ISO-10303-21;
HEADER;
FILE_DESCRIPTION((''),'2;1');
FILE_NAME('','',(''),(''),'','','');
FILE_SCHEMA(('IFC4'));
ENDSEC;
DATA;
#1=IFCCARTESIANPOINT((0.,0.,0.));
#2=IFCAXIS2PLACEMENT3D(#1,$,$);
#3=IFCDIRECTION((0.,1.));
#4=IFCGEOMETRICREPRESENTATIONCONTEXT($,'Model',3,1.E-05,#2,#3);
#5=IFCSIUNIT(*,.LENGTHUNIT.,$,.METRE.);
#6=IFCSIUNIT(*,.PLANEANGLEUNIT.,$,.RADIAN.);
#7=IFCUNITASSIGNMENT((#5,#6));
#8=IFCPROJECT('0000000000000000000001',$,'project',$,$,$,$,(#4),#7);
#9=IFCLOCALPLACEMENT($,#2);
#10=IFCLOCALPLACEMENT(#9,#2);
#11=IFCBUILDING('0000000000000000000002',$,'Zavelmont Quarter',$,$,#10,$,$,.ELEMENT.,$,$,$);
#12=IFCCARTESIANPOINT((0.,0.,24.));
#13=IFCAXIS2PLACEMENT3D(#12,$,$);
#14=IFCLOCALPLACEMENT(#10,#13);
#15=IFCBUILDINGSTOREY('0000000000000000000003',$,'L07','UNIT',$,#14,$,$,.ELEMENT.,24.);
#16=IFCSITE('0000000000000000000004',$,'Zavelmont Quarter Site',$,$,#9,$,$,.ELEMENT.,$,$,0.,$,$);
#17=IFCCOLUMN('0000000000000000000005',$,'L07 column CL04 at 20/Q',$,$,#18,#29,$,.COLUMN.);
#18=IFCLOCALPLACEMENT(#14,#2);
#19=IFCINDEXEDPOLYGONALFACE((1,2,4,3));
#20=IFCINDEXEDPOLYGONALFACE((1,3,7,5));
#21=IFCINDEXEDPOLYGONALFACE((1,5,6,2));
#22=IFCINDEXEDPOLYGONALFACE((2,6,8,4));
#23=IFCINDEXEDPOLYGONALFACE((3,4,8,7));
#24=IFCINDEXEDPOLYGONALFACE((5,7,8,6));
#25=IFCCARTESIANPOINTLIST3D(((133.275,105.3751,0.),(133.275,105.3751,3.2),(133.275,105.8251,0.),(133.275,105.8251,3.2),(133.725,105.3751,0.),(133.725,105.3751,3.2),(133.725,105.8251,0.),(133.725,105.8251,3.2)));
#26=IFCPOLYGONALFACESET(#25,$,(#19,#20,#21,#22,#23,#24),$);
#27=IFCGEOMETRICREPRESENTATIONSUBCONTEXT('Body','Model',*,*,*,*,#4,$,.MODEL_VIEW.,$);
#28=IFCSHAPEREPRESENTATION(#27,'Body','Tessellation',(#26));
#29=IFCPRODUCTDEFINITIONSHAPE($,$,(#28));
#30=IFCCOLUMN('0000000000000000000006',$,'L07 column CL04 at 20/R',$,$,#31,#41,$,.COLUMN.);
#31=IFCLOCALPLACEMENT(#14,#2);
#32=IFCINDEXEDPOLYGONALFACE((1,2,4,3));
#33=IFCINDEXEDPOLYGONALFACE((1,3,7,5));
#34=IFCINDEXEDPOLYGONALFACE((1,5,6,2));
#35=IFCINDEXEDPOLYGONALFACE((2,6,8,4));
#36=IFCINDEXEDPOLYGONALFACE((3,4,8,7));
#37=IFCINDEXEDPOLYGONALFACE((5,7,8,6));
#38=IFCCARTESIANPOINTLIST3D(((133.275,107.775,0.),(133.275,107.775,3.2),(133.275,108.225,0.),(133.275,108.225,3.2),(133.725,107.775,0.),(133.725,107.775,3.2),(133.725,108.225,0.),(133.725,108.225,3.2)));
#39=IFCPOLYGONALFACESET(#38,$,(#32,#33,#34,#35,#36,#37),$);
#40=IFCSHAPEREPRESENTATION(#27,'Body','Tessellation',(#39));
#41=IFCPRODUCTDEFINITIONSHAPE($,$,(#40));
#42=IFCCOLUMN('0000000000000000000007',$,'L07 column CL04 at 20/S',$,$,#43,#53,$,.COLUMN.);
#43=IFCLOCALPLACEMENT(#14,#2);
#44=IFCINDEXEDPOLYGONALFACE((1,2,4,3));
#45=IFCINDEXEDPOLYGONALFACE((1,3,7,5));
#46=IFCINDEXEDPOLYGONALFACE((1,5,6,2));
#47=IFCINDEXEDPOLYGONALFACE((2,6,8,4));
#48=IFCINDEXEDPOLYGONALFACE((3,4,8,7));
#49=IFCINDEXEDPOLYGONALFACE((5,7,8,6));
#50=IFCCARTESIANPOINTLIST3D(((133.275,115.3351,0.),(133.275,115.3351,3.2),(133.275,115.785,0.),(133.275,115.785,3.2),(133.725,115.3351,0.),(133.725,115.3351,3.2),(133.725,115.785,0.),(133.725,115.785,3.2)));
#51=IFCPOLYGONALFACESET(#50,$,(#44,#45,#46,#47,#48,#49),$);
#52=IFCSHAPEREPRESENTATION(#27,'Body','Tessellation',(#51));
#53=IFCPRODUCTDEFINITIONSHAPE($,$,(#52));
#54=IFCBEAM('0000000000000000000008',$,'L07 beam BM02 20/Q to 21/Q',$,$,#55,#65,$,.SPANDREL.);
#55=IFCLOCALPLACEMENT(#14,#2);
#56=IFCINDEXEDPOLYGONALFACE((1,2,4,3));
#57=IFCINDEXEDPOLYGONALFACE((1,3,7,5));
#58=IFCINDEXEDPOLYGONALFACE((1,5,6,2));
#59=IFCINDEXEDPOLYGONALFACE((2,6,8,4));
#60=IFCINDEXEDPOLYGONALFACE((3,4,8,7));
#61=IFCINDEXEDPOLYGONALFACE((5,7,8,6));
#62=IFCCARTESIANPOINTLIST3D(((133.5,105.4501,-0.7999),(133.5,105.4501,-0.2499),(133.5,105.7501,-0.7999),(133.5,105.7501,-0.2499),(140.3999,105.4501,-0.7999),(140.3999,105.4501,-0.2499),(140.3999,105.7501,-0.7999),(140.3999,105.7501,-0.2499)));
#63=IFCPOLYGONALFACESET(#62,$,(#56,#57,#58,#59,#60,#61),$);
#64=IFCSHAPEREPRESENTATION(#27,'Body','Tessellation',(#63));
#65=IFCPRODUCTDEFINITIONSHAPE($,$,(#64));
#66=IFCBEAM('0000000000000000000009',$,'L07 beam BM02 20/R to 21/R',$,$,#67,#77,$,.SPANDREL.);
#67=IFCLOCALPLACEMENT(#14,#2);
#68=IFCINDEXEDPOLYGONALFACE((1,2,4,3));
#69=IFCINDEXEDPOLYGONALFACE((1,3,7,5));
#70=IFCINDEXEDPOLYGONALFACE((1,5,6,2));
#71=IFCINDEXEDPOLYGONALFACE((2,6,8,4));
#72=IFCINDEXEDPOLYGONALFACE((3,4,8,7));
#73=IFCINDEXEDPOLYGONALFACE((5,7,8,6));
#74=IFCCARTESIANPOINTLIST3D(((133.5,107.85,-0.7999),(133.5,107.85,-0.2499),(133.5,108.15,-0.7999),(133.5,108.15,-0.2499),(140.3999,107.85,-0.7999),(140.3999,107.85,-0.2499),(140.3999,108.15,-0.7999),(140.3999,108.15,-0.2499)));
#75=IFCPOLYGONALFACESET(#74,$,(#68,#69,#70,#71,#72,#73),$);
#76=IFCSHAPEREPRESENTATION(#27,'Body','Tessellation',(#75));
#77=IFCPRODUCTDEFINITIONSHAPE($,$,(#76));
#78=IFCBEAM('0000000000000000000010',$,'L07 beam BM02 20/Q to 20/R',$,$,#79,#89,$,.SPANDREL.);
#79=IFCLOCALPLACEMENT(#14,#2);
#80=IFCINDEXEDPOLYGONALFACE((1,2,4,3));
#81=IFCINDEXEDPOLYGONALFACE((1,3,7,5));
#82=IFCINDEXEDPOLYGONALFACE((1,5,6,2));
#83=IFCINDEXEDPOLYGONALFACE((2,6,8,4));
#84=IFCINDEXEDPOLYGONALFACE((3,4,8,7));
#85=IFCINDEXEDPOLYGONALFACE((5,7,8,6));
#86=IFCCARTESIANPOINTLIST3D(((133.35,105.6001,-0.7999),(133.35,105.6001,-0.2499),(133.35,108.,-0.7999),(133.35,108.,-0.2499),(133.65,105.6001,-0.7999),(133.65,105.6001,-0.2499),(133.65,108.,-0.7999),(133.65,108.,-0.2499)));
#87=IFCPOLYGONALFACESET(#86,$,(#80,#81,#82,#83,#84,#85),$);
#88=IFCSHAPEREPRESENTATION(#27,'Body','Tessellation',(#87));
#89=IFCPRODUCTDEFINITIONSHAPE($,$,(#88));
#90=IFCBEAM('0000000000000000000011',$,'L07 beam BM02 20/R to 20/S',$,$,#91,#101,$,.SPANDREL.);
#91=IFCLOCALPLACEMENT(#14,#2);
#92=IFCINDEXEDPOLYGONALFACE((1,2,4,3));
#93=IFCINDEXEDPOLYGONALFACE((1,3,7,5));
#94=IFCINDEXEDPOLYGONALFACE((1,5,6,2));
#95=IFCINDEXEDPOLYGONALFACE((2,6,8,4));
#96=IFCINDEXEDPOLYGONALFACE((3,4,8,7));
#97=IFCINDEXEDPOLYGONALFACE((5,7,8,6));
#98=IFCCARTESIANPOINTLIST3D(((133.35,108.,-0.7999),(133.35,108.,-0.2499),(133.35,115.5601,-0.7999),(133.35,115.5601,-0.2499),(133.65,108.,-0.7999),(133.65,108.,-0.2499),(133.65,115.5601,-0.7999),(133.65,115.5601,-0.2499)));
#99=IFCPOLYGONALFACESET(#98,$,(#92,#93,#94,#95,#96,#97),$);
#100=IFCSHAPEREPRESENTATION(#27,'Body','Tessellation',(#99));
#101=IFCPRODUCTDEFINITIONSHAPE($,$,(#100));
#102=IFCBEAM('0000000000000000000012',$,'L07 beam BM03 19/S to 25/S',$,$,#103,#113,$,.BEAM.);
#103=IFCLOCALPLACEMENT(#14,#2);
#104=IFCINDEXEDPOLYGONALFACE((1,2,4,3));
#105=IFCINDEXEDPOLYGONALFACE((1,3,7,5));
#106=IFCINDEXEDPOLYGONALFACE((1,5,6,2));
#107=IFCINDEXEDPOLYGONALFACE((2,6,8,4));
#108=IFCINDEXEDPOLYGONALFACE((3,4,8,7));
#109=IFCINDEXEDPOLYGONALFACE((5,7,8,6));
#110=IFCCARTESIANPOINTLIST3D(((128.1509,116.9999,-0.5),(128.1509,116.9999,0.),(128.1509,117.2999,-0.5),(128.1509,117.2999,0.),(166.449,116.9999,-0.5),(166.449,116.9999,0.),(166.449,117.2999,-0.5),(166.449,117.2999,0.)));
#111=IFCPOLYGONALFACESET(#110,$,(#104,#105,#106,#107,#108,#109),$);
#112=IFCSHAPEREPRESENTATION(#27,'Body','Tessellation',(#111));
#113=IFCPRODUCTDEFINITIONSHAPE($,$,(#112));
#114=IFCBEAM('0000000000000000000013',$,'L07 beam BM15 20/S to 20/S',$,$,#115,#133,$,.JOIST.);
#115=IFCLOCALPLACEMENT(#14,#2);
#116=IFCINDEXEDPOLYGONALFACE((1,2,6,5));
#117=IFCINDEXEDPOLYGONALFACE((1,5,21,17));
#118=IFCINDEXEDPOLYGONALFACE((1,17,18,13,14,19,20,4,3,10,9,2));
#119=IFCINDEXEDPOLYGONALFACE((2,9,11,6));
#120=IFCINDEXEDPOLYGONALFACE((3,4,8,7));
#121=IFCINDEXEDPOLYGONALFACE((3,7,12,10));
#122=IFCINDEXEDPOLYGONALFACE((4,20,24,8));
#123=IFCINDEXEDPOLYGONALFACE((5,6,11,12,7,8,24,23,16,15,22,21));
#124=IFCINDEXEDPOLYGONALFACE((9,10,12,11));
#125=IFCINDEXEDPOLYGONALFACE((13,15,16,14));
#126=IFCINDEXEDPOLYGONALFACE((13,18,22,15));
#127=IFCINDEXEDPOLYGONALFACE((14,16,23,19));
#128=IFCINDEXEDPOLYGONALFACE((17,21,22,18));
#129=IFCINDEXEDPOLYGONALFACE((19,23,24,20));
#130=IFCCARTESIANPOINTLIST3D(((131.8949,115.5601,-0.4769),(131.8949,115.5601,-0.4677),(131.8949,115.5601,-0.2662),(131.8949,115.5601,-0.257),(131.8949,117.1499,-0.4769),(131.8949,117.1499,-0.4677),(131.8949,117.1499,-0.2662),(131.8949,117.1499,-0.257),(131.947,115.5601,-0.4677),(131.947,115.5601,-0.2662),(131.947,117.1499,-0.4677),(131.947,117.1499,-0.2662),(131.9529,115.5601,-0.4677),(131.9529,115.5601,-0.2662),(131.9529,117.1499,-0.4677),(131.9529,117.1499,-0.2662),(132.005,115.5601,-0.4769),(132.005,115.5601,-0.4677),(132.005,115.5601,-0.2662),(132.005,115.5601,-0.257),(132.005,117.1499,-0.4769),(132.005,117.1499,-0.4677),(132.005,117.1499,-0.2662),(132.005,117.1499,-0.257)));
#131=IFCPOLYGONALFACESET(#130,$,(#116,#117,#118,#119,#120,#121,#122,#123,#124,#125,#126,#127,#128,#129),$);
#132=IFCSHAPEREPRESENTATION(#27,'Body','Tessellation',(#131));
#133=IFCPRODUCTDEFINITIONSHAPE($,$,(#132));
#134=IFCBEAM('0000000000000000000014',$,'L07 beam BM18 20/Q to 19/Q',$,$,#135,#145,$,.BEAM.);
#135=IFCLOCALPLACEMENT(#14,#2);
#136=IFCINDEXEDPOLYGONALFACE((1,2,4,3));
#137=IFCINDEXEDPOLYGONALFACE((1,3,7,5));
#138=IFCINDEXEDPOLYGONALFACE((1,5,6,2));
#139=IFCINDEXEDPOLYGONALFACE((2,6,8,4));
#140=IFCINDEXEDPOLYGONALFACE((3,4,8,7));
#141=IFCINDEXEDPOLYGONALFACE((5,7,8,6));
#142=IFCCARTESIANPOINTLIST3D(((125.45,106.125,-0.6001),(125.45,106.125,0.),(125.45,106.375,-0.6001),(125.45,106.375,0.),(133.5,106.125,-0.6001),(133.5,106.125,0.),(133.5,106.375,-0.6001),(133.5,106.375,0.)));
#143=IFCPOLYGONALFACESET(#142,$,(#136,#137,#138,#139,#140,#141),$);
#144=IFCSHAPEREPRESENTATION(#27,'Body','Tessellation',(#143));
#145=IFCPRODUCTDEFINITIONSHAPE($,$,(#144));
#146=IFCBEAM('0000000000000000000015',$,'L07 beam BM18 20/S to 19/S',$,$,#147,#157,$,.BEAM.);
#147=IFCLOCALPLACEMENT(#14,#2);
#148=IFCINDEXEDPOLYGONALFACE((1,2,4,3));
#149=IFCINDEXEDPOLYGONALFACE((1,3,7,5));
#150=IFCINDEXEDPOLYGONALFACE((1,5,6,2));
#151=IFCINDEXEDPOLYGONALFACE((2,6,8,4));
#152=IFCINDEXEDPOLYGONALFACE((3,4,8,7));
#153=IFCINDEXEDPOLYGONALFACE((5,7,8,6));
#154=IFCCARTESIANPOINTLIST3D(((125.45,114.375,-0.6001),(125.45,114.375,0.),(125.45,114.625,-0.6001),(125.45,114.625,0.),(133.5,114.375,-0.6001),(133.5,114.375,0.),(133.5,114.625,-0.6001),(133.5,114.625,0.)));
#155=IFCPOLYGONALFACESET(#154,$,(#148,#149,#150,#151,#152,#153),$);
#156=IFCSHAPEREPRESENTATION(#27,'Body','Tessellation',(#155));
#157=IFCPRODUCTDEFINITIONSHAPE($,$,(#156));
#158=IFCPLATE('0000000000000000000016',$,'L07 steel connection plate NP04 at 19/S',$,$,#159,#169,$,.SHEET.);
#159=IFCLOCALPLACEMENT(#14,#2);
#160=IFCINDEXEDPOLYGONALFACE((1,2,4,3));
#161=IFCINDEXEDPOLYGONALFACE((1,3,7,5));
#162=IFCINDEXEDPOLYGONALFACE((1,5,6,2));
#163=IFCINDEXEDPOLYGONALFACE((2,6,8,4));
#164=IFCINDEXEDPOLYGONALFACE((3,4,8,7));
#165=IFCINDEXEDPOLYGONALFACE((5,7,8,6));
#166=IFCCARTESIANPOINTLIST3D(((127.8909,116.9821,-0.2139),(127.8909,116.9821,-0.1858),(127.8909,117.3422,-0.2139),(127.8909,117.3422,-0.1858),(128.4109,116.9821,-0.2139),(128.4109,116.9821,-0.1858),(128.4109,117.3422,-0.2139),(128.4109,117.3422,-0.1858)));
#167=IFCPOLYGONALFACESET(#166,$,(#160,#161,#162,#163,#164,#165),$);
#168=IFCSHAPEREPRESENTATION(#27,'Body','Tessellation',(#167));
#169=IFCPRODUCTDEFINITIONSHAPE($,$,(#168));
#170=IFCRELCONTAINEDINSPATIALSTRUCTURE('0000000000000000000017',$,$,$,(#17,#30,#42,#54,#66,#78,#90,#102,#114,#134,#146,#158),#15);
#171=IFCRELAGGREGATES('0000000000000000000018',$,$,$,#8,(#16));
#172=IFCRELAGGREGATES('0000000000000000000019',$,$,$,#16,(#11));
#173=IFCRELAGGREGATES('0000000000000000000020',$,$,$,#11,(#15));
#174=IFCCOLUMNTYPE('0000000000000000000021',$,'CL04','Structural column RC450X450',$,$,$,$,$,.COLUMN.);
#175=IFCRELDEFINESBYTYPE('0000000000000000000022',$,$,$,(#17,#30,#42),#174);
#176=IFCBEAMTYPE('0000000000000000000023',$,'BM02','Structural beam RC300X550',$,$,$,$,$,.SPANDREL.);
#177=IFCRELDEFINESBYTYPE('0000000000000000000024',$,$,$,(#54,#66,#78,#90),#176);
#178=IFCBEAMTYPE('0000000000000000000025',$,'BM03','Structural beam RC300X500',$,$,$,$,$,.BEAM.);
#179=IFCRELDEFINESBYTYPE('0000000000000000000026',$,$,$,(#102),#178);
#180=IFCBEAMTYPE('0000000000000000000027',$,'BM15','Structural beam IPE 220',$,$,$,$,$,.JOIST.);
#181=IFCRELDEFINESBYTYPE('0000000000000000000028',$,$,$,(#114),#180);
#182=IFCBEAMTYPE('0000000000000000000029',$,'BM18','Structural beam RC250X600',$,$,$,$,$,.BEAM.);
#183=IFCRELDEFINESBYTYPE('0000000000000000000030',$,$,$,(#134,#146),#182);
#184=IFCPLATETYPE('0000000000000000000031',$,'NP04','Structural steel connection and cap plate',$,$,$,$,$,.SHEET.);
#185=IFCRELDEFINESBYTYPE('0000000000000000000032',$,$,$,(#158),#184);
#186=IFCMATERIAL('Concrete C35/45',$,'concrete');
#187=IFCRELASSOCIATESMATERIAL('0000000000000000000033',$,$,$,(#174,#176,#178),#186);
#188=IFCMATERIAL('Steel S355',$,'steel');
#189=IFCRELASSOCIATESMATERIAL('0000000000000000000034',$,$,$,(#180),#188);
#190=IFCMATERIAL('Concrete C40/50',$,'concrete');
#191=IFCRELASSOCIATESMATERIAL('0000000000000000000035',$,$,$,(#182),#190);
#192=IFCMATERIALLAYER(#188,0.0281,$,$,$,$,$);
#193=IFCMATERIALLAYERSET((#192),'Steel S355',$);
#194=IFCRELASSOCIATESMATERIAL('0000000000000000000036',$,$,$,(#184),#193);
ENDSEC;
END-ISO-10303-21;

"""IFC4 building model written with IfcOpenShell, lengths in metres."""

from ifc_helpers import new_model, si_unit, direction, frame, origin, origin_2d, place, context, subcontext, project, spatial, rectangle, i_section, extrude, material, layer, layer_set, material_profile, profile_set, type_object, element, save


model = new_model("IFC4")

# Units and contexts
model_context = context("Model", 3, precision=1e-05, world=origin(), true_north=direction((0.0, 1.0)))
body_context = subcontext(model_context, "Body", "Model", "MODEL_VIEW")
ifc_project = project(units=[si_unit("LENGTHUNIT", "METRE"), si_unit("PLANEANGLEUNIT", "RADIAN")], contexts=[model_context])

# Site, building, storey
site_placement = place(None, origin())
site = spatial("IfcSite", under=ifc_project, at=site_placement, Name="Zavelmont Quarter Site", CompositionType="ELEMENT", RefElevation=0.0)
building_placement = place(site_placement, origin())
building = spatial("IfcBuilding", under=site, at=building_placement, Name="Zavelmont Quarter", CompositionType="ELEMENT")
storey_placement = place(building_placement, frame((0.0, 0.0, 24.0)))
storey = spatial("IfcBuildingStorey", under=building, at=storey_placement, Name="L07", Description="UNIT", CompositionType="ELEMENT", Elevation=24.0)

# Columns
ifc_material_1 = material(Name="Concrete C35/45", Category="concrete")
ifc_material_profile_1 = material_profile(ifc_material_1, rectangle(XDim=0.45, YDim=0.45, at=origin_2d()), Name="RC450X450")
ifc_profile_set_1 = profile_set([ifc_material_profile_1], Name="Concrete C35/45")
column_type = type_object("IfcColumnType", Name="CL04", Description="Structural column RC450X450", PredefinedType="COLUMN", material=ifc_profile_set_1)
for number, where, z_axis, x_axis, name in (
    (1, (133.5, 105.6001, 0.0), (0.0, 0.0, 1.0), (1.0, 0.0, 0.0), "L07 column CL04 at 20/Q"),
    (2, (133.5, 108.0, 0.0), (0.0, 0.0, 1.0), (1.0, 0.0, 0.0), "L07 column CL04 at 20/R"),
    (3, (133.5, 115.5601, 0.0), (0.0, 0.0, 1.0), (1.0, 0.0, 0.0), "L07 column CL04 at 20/S"),
):
    element("IfcColumn", number, at=place(storey_placement, frame(where, z_axis=z_axis, x_axis=x_axis)), inside=storey, type_object=column_type, Name=name, PredefinedType="COLUMN", context=body_context, shape_type="SweptSolid", body=[
        extrude(rectangle(XDim=0.45, YDim=0.45, at=origin_2d()), origin(), (0.0, 0.0, 1.0), 3.2),
    ])

# Beams
ifc_material_profile_2 = material_profile(ifc_material_1, rectangle(XDim=0.3, YDim=0.55, at=origin_2d()), Name="RC300X550")
ifc_profile_set_2 = profile_set([ifc_material_profile_2], Name="Concrete C35/45")
beam_type_1 = type_object("IfcBeamType", Name="BM02", Description="Structural beam RC300X550", PredefinedType="SPANDREL", material=ifc_profile_set_2)
for number, where, z_axis, x_axis, name in (
    (4, (133.5, 105.6001, -0.5249), (1.0, 0.0, 0.0), (0.0, 1.0, 0.0), "L07 beam BM02 20/Q to 21/Q"),
    (5, (133.5, 108.0, -0.5249), (1.0, 0.0, 0.0), (0.0, 1.0, 0.0), "L07 beam BM02 20/R to 21/R"),
):
    element("IfcBeam", number, at=place(storey_placement, frame(where, z_axis=z_axis, x_axis=x_axis)), inside=storey, type_object=beam_type_1, Name=name, PredefinedType="SPANDREL", context=body_context, shape_type="SweptSolid", body=[
        extrude(rectangle(XDim=0.3, YDim=0.55, at=origin_2d()), origin(), (0.0, 0.0, 1.0), 6.8999),
    ])
beam_1_placement = place(storey_placement, frame((133.5, 105.6001, -0.5249), z_axis=(0.0, 1.0, 0.0), x_axis=(-1.0, 0.0, 0.0)))
element("IfcBeam", 6, at=beam_1_placement, inside=storey, type_object=beam_type_1, Name="L07 beam BM02 20/Q to 20/R", PredefinedType="SPANDREL", context=body_context, shape_type="SweptSolid", body=[
    extrude(rectangle(XDim=0.3, YDim=0.55, at=origin_2d()), origin(), (0.0, 0.0, 1.0), 2.3999),
])
beam_2_placement = place(storey_placement, frame((133.5, 108.0, -0.5249), z_axis=(0.0, 1.0, 0.0), x_axis=(-1.0, 0.0, 0.0)))
element("IfcBeam", 7, at=beam_2_placement, inside=storey, type_object=beam_type_1, Name="L07 beam BM02 20/R to 20/S", PredefinedType="SPANDREL", context=body_context, shape_type="SweptSolid", body=[
    extrude(rectangle(XDim=0.3, YDim=0.55, at=origin_2d()), origin(), (0.0, 0.0, 1.0), 7.5601),
])
ifc_material_profile_3 = material_profile(ifc_material_1, rectangle(XDim=0.3, YDim=0.5, at=origin_2d()), Name="RC300X500")
ifc_profile_set_3 = profile_set([ifc_material_profile_3], Name="Concrete C35/45")
beam_type_2 = type_object("IfcBeamType", Name="BM03", Description="Structural beam RC300X500", PredefinedType="BEAM", material=ifc_profile_set_3)
beam_3_placement = place(storey_placement, frame((128.1509, 117.1499, -0.25), z_axis=(1.0, 0.0, 0.0), x_axis=(0.0, 1.0, 0.0)))
element("IfcBeam", 8, at=beam_3_placement, inside=storey, type_object=beam_type_2, Name="L07 beam BM03 19/S to 25/S", PredefinedType="BEAM", context=body_context, shape_type="SweptSolid", body=[
    extrude(rectangle(XDim=0.3, YDim=0.5, at=origin_2d()), origin(), (0.0, 0.0, 1.0), 38.2981),
])
ifc_material_2 = material(Name="Steel S355", Category="steel")
ifc_material_profile_4 = material_profile(ifc_material_2, i_section(OverallWidth=0.1101, OverallDepth=0.22, WebThickness=0.0059, FlangeThickness=0.0093, at=origin_2d()), Name="IPE 220")
ifc_profile_set_4 = profile_set([ifc_material_profile_4], Name="Steel S355")
beam_type_3 = type_object("IfcBeamType", Name="BM15", Description="Structural beam IPE 220", PredefinedType="JOIST", material=ifc_profile_set_4)
beam_4_placement = place(storey_placement, frame((131.95, 115.5601, -0.3669), z_axis=(0.0, 1.0, 0.0), x_axis=(-1.0, 0.0, 0.0)))
element("IfcBeam", 9, at=beam_4_placement, inside=storey, type_object=beam_type_3, Name="L07 beam BM15 20/S to 20/S", PredefinedType="JOIST", context=body_context, shape_type="SweptSolid", body=[
    extrude(i_section(OverallWidth=0.1101, OverallDepth=0.22, WebThickness=0.0059, FlangeThickness=0.0093, at=origin_2d()), origin(), (0.0, 0.0, 1.0), 1.5898),
])
ifc_material_3 = material(Name="Concrete C40/50", Category="concrete")
ifc_material_profile_5 = material_profile(ifc_material_3, rectangle(XDim=0.25, YDim=0.6001, at=origin_2d()), Name="RC250X600")
ifc_profile_set_5 = profile_set([ifc_material_profile_5], Name="Concrete C40/50")
beam_type_4 = type_object("IfcBeamType", Name="BM18", Description="Structural beam RC250X600", PredefinedType="BEAM", material=ifc_profile_set_5)
for number, where, z_axis, x_axis, name in (
    (10, (133.5, 106.25, -0.3), (-1.0, 0.0, 0.0), (0.0, -1.0, 0.0), "L07 beam BM18 20/Q to 19/Q"),
    (11, (133.5, 114.5, -0.3), (-1.0, 0.0, 0.0), (0.0, -1.0, 0.0), "L07 beam BM18 20/S to 19/S"),
):
    element("IfcBeam", number, at=place(storey_placement, frame(where, z_axis=z_axis, x_axis=x_axis)), inside=storey, type_object=beam_type_4, Name=name, PredefinedType="BEAM", context=body_context, shape_type="SweptSolid", body=[
        extrude(rectangle(XDim=0.25, YDim=0.6001, at=origin_2d()), origin(), (0.0, 0.0, 1.0), 8.05),
    ])

# Plate
ifc_layer_1 = layer(ifc_material_2, 0.0281)
ifc_layer_set_1 = layer_set([ifc_layer_1], Name="Steel S355")
plate_type = type_object("IfcPlateType", Name="NP04", Description="Structural steel connection and cap plate", PredefinedType="SHEET", material=ifc_layer_set_1)
plate_placement = place(storey_placement, frame((128.1509, 117.1621, -0.2139), z_axis=(0.0, 0.0, 1.0), x_axis=(1.0, 0.0, 0.0)))
element("IfcPlate", 12, at=plate_placement, inside=storey, type_object=plate_type, Name="L07 steel connection plate NP04 at 19/S", PredefinedType="SHEET", context=body_context, shape_type="SweptSolid", body=[
    extrude(rectangle(XDim=0.52, YDim=0.3601, at=origin_2d()), origin(), (0.0, 0.0, 1.0), 0.0281),
])

save(model, "model.ifc")
